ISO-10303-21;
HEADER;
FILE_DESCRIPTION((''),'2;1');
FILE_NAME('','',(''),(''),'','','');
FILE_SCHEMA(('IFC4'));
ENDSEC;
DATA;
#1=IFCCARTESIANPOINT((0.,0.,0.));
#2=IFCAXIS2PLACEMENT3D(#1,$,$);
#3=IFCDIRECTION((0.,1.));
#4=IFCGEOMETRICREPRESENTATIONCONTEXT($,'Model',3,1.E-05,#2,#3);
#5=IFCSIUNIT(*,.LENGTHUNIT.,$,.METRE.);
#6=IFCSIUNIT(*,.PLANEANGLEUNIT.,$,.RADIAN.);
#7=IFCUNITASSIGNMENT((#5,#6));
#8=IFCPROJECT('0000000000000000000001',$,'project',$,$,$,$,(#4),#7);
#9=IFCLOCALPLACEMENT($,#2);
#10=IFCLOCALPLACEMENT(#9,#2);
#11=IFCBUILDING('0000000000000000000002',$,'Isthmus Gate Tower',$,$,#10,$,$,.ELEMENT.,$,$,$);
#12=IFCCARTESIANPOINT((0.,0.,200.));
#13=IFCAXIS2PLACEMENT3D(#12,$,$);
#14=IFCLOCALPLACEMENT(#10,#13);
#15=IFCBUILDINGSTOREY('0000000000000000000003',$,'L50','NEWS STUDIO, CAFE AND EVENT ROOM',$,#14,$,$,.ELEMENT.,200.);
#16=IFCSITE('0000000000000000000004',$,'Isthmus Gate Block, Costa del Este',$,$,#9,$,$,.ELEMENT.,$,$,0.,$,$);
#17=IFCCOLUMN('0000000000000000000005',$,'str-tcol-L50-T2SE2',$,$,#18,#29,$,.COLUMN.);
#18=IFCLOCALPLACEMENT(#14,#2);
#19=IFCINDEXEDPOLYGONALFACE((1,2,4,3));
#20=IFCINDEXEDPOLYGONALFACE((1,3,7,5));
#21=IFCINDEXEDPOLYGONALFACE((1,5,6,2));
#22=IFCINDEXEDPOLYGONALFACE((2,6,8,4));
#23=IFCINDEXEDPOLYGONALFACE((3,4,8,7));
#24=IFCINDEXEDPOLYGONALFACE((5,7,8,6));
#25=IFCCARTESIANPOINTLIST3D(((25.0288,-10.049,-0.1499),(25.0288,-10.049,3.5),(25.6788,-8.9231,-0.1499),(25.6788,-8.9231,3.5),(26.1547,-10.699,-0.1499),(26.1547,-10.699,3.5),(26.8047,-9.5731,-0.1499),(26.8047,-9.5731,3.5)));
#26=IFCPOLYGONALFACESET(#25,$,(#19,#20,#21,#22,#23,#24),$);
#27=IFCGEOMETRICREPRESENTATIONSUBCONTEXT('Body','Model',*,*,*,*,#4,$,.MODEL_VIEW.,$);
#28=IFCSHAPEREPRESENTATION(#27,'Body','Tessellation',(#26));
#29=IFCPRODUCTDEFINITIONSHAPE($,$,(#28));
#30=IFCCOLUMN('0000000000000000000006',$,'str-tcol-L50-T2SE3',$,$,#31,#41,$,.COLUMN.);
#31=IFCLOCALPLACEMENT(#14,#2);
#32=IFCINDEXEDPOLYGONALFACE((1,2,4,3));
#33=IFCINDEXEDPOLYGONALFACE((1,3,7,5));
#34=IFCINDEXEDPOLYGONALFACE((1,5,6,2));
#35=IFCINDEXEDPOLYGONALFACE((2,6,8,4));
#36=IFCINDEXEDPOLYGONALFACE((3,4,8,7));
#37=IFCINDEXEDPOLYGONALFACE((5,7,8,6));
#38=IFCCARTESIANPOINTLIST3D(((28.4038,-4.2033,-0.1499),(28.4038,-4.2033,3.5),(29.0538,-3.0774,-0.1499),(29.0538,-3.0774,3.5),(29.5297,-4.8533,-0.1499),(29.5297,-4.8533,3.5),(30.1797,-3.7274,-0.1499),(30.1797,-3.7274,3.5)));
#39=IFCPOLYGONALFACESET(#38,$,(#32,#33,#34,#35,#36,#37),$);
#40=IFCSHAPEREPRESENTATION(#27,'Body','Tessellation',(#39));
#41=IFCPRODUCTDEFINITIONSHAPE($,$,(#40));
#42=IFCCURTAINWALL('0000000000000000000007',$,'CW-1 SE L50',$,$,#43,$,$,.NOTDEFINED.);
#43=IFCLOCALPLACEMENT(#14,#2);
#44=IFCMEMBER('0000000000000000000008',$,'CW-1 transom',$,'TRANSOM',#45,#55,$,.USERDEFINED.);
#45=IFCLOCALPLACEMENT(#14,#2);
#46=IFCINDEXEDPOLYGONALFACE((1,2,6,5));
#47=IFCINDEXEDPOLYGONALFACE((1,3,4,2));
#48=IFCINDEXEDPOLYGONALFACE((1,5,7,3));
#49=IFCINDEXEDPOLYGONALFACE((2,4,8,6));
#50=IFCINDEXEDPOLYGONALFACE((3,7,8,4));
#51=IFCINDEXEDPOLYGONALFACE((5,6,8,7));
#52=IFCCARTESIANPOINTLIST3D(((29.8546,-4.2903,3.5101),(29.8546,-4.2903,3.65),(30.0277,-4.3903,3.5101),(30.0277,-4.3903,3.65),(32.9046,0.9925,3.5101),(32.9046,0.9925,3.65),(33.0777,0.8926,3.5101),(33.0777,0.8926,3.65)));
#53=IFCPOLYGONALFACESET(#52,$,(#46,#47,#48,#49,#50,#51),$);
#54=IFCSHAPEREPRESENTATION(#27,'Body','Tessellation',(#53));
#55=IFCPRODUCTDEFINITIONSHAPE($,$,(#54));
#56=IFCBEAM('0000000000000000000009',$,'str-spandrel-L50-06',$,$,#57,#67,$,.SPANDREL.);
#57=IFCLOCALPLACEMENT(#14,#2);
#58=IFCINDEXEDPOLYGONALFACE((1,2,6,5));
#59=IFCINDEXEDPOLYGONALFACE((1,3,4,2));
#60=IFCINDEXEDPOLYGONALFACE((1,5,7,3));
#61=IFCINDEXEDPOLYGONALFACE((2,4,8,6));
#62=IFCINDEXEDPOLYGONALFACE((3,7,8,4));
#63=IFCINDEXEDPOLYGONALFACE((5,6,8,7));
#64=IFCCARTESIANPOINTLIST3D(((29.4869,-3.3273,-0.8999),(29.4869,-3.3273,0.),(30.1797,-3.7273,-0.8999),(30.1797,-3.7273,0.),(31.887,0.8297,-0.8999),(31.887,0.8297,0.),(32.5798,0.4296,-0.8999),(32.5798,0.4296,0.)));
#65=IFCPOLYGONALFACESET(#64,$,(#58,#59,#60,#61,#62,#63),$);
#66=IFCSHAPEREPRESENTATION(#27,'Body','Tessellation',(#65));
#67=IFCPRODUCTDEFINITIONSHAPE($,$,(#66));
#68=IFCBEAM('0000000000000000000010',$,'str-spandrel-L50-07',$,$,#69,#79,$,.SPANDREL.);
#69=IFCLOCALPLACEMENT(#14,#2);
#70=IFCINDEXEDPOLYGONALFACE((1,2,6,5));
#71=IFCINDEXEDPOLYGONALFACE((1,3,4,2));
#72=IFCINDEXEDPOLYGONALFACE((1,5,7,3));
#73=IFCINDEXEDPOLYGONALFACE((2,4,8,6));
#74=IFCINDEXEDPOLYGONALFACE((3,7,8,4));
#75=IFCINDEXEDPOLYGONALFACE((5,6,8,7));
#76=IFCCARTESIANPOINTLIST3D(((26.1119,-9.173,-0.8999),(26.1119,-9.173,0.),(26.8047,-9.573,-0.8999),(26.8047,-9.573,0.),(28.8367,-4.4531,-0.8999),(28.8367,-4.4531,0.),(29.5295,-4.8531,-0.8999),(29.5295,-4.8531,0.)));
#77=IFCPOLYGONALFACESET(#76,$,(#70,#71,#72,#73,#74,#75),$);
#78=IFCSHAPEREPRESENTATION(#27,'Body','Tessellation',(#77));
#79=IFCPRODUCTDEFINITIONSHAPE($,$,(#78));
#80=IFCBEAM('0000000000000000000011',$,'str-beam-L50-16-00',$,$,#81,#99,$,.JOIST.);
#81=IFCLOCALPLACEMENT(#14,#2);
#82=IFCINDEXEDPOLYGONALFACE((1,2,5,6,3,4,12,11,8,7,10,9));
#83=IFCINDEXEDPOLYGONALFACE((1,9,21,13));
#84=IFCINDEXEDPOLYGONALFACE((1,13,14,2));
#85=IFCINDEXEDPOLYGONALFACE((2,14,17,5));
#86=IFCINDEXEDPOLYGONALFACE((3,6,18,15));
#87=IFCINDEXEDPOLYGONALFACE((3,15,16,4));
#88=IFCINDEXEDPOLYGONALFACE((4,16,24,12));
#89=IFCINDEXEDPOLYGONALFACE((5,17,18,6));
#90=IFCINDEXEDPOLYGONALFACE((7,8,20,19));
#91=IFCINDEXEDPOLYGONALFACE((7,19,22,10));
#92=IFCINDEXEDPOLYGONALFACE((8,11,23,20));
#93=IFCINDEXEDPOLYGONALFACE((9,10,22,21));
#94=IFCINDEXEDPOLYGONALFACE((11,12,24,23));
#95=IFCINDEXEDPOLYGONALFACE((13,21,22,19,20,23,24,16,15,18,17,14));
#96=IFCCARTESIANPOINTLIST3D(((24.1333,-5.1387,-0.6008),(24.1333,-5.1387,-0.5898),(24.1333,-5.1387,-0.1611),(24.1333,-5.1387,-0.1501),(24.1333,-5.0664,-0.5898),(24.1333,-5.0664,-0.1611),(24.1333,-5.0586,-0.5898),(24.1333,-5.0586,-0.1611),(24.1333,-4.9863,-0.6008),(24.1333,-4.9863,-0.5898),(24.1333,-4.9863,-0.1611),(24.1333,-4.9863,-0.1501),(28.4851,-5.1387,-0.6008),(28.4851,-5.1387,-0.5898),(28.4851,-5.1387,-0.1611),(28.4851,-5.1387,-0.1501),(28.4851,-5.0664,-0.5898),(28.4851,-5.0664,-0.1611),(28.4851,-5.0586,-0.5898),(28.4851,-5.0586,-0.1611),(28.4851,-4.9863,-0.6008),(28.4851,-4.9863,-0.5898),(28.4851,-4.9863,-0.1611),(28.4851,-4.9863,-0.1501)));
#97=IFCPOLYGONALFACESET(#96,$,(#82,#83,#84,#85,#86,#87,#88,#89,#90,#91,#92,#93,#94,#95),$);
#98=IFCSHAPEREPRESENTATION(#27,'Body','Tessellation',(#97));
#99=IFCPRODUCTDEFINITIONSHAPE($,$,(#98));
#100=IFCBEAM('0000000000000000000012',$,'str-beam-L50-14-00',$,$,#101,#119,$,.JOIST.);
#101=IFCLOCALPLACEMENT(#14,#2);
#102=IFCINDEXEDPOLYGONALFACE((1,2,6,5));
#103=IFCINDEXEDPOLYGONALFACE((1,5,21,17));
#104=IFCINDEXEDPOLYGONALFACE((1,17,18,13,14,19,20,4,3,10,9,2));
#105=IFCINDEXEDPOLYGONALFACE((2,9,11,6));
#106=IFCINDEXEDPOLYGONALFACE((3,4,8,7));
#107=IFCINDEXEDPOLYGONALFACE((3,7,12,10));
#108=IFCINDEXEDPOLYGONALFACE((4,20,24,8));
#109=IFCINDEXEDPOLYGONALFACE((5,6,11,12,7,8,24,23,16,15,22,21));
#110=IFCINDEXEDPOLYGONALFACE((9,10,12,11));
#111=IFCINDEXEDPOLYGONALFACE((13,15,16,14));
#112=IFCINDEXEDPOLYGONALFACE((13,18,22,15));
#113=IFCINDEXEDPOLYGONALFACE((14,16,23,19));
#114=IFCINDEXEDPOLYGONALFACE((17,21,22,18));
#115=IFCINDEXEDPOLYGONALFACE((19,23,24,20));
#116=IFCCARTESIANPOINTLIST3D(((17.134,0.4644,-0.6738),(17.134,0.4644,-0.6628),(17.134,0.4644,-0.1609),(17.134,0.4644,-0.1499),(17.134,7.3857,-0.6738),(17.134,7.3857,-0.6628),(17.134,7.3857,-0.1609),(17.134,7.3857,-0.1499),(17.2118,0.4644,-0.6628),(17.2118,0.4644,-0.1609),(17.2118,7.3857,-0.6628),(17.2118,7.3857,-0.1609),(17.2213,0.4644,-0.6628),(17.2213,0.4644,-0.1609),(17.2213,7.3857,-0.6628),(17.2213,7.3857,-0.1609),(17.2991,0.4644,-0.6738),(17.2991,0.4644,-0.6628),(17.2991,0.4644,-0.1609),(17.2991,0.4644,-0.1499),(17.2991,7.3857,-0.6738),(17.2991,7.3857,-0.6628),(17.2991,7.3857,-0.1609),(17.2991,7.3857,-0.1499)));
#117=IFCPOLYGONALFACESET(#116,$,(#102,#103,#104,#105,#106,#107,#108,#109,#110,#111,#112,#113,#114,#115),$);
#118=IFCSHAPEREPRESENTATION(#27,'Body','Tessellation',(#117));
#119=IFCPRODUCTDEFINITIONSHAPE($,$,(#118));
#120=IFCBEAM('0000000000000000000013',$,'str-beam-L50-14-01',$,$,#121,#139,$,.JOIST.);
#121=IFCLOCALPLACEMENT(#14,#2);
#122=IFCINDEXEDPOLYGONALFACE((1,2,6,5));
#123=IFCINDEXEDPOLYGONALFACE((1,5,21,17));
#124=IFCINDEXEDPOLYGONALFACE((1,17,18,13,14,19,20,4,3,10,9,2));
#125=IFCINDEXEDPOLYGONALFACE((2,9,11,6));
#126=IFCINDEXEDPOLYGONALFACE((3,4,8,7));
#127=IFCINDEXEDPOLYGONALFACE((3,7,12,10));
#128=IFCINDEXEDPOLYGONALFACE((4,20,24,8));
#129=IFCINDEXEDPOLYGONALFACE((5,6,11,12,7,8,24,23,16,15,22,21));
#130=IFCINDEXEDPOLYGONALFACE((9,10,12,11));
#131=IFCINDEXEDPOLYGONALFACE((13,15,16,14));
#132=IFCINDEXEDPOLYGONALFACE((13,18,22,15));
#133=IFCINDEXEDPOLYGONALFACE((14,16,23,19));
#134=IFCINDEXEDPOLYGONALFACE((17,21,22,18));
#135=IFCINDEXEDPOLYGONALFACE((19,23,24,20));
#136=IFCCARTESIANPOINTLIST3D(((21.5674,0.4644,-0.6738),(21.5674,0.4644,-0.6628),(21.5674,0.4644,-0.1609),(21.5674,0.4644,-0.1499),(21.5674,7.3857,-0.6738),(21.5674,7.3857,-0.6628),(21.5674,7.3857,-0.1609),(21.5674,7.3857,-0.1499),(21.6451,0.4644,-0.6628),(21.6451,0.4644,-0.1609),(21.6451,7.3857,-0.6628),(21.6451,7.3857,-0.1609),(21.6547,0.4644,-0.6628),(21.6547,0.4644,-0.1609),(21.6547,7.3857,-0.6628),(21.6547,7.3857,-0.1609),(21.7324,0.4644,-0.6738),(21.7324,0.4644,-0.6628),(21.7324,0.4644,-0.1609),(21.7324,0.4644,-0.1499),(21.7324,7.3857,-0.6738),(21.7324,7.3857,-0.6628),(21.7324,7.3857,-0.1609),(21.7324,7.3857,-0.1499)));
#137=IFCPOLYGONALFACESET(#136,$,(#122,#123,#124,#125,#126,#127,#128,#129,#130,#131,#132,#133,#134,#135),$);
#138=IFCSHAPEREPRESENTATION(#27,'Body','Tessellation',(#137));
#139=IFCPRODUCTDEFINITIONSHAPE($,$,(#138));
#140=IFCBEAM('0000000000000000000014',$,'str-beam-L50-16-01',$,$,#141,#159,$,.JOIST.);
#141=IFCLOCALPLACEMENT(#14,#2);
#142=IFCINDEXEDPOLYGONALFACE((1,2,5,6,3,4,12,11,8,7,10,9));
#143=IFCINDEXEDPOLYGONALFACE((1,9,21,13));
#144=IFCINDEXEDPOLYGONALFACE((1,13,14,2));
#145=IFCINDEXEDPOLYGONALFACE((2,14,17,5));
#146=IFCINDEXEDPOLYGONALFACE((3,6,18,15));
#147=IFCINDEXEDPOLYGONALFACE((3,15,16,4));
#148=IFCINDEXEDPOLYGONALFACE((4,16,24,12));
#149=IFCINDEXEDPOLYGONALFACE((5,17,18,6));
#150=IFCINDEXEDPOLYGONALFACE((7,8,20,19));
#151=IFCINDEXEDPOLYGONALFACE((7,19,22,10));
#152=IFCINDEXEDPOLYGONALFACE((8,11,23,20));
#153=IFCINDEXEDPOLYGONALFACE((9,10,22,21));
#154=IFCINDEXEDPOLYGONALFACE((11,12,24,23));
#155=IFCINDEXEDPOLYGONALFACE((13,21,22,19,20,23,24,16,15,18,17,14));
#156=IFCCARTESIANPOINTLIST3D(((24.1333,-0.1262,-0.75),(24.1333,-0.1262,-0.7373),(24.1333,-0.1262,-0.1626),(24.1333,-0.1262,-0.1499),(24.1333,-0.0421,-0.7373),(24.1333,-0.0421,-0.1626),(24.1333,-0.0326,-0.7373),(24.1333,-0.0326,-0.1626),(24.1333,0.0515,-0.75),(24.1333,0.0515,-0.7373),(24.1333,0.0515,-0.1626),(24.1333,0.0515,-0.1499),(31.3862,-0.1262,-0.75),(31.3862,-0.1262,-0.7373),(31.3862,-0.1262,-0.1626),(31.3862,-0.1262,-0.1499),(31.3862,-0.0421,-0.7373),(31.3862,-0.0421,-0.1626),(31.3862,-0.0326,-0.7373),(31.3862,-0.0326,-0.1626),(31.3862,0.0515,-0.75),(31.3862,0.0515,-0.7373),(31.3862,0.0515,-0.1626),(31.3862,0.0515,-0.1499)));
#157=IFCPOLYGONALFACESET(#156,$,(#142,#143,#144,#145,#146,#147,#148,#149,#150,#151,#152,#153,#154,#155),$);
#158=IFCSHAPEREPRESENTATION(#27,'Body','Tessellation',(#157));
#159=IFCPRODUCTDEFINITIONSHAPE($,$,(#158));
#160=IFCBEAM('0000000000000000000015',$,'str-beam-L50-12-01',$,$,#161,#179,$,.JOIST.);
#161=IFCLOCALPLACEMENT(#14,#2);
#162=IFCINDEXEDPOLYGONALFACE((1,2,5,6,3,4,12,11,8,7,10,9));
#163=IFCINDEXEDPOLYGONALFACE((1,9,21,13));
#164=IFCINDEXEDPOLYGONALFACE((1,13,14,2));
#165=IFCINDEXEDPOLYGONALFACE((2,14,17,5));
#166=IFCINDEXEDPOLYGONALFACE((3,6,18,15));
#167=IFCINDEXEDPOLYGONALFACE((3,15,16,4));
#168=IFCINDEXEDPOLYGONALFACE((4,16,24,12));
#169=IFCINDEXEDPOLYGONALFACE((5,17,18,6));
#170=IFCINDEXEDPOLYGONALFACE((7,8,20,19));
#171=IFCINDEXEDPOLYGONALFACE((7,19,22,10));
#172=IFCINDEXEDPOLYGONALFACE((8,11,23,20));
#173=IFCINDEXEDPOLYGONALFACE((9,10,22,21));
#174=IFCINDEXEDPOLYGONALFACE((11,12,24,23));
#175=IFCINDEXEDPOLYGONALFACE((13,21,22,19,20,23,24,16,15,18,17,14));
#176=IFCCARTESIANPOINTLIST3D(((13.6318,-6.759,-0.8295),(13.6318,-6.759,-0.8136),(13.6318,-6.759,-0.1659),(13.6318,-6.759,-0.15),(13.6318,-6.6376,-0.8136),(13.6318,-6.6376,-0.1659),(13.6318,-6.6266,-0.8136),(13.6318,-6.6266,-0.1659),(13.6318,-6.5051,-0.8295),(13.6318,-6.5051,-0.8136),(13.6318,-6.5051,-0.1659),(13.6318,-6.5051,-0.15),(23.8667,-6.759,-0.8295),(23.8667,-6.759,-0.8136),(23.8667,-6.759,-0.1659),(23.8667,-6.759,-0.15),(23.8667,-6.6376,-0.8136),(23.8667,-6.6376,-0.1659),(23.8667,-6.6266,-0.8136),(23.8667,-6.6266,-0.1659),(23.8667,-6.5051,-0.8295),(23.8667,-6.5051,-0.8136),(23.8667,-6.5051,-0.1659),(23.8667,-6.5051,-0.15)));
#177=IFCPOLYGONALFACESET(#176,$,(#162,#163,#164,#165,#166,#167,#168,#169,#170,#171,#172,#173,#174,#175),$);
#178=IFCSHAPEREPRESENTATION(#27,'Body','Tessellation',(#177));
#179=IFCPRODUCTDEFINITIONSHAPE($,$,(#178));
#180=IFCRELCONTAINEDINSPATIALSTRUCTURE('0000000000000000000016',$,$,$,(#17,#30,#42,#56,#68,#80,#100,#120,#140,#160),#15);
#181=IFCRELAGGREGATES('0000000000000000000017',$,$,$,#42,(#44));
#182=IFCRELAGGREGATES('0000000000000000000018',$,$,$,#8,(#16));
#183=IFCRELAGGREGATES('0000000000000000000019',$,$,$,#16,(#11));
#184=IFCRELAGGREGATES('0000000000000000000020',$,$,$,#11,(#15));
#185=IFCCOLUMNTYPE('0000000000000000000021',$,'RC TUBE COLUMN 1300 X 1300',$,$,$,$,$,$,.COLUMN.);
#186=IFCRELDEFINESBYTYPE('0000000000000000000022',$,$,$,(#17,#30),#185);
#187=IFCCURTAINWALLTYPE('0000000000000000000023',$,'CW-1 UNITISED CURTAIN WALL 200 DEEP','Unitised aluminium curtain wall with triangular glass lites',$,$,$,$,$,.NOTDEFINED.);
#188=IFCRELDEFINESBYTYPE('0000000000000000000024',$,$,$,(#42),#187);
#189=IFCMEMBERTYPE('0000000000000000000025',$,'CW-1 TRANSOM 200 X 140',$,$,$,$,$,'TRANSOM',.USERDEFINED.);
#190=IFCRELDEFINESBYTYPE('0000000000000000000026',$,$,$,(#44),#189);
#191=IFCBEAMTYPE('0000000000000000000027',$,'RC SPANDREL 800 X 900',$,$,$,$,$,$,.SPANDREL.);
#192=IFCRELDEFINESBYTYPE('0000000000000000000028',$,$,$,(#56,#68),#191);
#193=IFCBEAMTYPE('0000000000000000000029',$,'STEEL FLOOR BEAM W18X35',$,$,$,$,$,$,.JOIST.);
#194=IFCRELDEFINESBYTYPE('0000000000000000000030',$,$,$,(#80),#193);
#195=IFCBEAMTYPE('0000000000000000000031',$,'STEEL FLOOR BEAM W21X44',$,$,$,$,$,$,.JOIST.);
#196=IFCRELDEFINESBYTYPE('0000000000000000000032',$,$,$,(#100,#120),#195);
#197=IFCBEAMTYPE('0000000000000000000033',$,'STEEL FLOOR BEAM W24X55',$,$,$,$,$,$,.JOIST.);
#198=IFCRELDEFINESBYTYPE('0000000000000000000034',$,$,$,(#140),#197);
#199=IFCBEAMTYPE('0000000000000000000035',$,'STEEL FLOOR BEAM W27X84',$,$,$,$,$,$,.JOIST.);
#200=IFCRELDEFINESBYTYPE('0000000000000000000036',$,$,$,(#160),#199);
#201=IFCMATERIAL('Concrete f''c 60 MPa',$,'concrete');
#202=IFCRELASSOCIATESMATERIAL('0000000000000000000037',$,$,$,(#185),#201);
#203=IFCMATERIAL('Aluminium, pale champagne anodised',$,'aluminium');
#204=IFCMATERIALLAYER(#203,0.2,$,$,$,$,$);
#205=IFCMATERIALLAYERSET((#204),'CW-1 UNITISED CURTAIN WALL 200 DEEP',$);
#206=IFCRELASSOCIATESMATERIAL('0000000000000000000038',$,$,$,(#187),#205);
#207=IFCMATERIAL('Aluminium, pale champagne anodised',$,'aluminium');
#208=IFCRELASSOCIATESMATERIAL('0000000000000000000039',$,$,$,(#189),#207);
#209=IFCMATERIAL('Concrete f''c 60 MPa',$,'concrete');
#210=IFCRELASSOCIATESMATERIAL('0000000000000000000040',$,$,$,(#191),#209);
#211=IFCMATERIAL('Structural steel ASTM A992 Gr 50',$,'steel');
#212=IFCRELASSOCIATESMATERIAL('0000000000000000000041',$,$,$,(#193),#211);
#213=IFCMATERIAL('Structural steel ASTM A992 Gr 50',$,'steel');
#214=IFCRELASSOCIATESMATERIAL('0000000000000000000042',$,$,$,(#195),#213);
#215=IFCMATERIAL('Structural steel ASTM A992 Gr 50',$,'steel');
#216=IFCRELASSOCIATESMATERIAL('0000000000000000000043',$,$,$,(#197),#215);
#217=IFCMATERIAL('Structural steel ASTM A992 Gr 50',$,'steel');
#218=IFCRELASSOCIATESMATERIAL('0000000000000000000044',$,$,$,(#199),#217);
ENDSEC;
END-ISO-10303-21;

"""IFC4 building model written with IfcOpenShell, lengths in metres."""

from ifc_helpers import new_model, si_unit, direction, frame, origin, origin_2d, place, context, subcontext, project, spatial, rectangle, i_section, extrude, material, layer, layer_set, material_profile, profile_set, type_object, element, aggregate, save


model = new_model("IFC4")

# Units and contexts
model_context = context("Model", 3, precision=1e-05, world=origin(), true_north=direction((0.0, 1.0)))
body_context = subcontext(model_context, "Body", "Model", "MODEL_VIEW")
ifc_project = project(units=[si_unit("LENGTHUNIT", "METRE"), si_unit("PLANEANGLEUNIT", "RADIAN")], contexts=[model_context])

# Site, building, storey
site_placement = place(None, origin())
site = spatial("IfcSite", under=ifc_project, at=site_placement, Name="Isthmus Gate Block, Costa del Este", CompositionType="ELEMENT", RefElevation=0.0)
building_placement = place(site_placement, origin())
building = spatial("IfcBuilding", under=site, at=building_placement, Name="Isthmus Gate Tower", CompositionType="ELEMENT")
storey_placement = place(building_placement, frame((0.0, 0.0, 200.0)))
storey = spatial("IfcBuildingStorey", under=building, at=storey_placement, Name="L50", Description="NEWS STUDIO, CAFE AND EVENT ROOM", CompositionType="ELEMENT", Elevation=200.0)

# Columns
ifc_material_1 = material(Name="Concrete f'c 60 MPa", Category="concrete")
ifc_material_profile_1 = material_profile(ifc_material_1, rectangle(XDim=1.3, YDim=1.3, at=origin_2d()), Name="RC 1300X1300")
ifc_profile_set_1 = profile_set([ifc_material_profile_1], Name="Concrete f'c 60 MPa")
column_type = type_object("IfcColumnType", Name="RC TUBE COLUMN 1300 X 1300", PredefinedType="COLUMN", material=ifc_profile_set_1)
for number, where, z_axis, x_axis, name in (
    (1, (25.9167, -9.811, -0.1499), (0.0, 0.0, 1.0), (0.5, 0.866025, 0.0), "str-tcol-L50-T2SE2"),
    (2, (29.2917, -3.9653, -0.1499), (0.0, 0.0, 1.0), (0.5, 0.866025, 0.0), "str-tcol-L50-T2SE3"),
):
    element("IfcColumn", number, at=place(storey_placement, frame(where, z_axis=z_axis, x_axis=x_axis)), inside=storey, type_object=column_type, Name=name, PredefinedType="COLUMN", context=body_context, shape_type="SweptSolid", body=[
        extrude(rectangle(XDim=1.3, YDim=1.3, at=origin_2d()), origin(), (0.0, 0.0, 1.0), 3.6499),
    ])

# Curtain wall, member
ifc_material_2 = material(Name="Aluminium, pale champagne anodised", Category="aluminium")
ifc_layer_1 = layer(ifc_material_2, 0.2)
ifc_layer_set_1 = layer_set([ifc_layer_1], Name="CW-1 UNITISED CURTAIN WALL 200 DEEP")
curtain_wall_type = type_object("IfcCurtainWallType", Name="CW-1 UNITISED CURTAIN WALL 200 DEEP", Description="Unitised aluminium curtain wall with triangular glass lites", PredefinedType="NOTDEFINED", material=ifc_layer_set_1)
curtain_wall_placement = place(storey_placement, origin())
curtain_wall = element("IfcCurtainWall", 3, at=curtain_wall_placement, inside=storey, type_object=curtain_wall_type, Name="CW-1 SE L50", PredefinedType="NOTDEFINED")
ifc_material_3 = material(Name="Aluminium, pale champagne anodised", Category="aluminium")
ifc_material_profile_2 = material_profile(ifc_material_3, rectangle(XDim=0.2, YDim=0.1399, at=origin_2d()), Name="200x140")
ifc_profile_set_2 = profile_set([ifc_material_profile_2], Name="Aluminium, pale champagne anodised")
member_type = type_object("IfcMemberType", Name="CW-1 TRANSOM 200 X 140", ElementType="TRANSOM", PredefinedType="USERDEFINED", material=ifc_profile_set_2)
member_placement = place(storey_placement, frame((29.9412, -4.3403, 3.5801), z_axis=(0.499992, 0.86603, 0.0), x_axis=(-0.86603, 0.499992, 0.0)))
member = element("IfcMember", 4, at=member_placement, type_object=member_type, Name="CW-1 transom", ObjectType="TRANSOM", PredefinedType="USERDEFINED", context=body_context, shape_type="SweptSolid", body=[
    extrude(rectangle(XDim=0.2, YDim=0.1399, at=origin_2d()), origin(), (0.0, 0.0, 1.0), 6.1001),
])

# Beams
ifc_material_4 = material(Name="Concrete f'c 60 MPa", Category="concrete")
ifc_material_profile_3 = material_profile(ifc_material_4, rectangle(XDim=0.8, YDim=0.8999, at=origin_2d()), Name="RC 800X900")
ifc_profile_set_3 = profile_set([ifc_material_profile_3], Name="Concrete f'c 60 MPa")
beam_type_1 = type_object("IfcBeamType", Name="RC SPANDREL 800 X 900", PredefinedType="SPANDREL", material=ifc_profile_set_3)
beam_1_placement = place(storey_placement, frame((32.2334, 0.6296, -0.45), z_axis=(-0.500017, -0.866015, 0.0), x_axis=(0.866015, -0.500017, 0.0)))
element("IfcBeam", 5, at=beam_1_placement, inside=storey, type_object=beam_type_1, Name="str-spandrel-L50-06", PredefinedType="SPANDREL", context=body_context, shape_type="SweptSolid", body=[
    extrude(rectangle(XDim=0.8, YDim=0.8999, at=origin_2d()), origin(), (0.0, 0.0, 1.0), 4.8),
])
beam_2_placement = place(storey_placement, frame((29.1831, -4.6531, -0.45), z_axis=(-0.499969, -0.866043, 0.0), x_axis=(0.866043, -0.499969, 0.0)))
element("IfcBeam", 6, at=beam_2_placement, inside=storey, type_object=beam_type_1, Name="str-spandrel-L50-07", PredefinedType="SPANDREL", context=body_context, shape_type="SweptSolid", body=[
    extrude(rectangle(XDim=0.8, YDim=0.8999, at=origin_2d()), origin(), (0.0, 0.0, 1.0), 5.45),
])
ifc_material_5 = material(Name="Structural steel ASTM A992 Gr 50", Category="steel")
ifc_material_profile_4 = material_profile(ifc_material_5, i_section(OverallWidth=0.1523, OverallDepth=0.4507, WebThickness=0.0078, FlangeThickness=0.011, at=origin_2d()), Name="W18X35")
ifc_profile_set_4 = profile_set([ifc_material_profile_4], Name="Structural steel ASTM A992 Gr 50")
beam_type_2 = type_object("IfcBeamType", Name="STEEL FLOOR BEAM W18X35", PredefinedType="JOIST", material=ifc_profile_set_4)
beam_3_placement = place(storey_placement, frame((24.1333, -5.0625, -0.3755), z_axis=(1.0, 0.0, 0.0), x_axis=(0.0, 1.0, 0.0)))
element("IfcBeam", 7, at=beam_3_placement, inside=storey, type_object=beam_type_2, Name="str-beam-L50-16-00", PredefinedType="JOIST", context=body_context, shape_type="SweptSolid", body=[
    extrude(i_section(OverallWidth=0.1523, OverallDepth=0.4507, WebThickness=0.0078, FlangeThickness=0.011, at=origin_2d()), origin(), (0.0, 0.0, 1.0), 4.3518),
])
ifc_material_6 = material(Name="Structural steel ASTM A992 Gr 50", Category="steel")
ifc_material_profile_5 = material_profile(ifc_material_6, i_section(OverallWidth=0.165, OverallDepth=0.5239, WebThickness=0.0095, FlangeThickness=0.011, at=origin_2d()), Name="W21X44")
ifc_profile_set_5 = profile_set([ifc_material_profile_5], Name="Structural steel ASTM A992 Gr 50")
beam_type_3 = type_object("IfcBeamType", Name="STEEL FLOOR BEAM W21X44", PredefinedType="JOIST", material=ifc_profile_set_5)
for number, where, z_axis, x_axis, name in (
    (8, (17.2166, 0.4644, -0.4119), (0.0, 1.0, 0.0), (-1.0, 0.0, 0.0), "str-beam-L50-14-00"),
    (9, (21.6499, 0.4644, -0.4119), (0.0, 1.0, 0.0), (-1.0, 0.0, 0.0), "str-beam-L50-14-01"),
):
    element("IfcBeam", number, at=place(storey_placement, frame(where, z_axis=z_axis, x_axis=x_axis)), inside=storey, type_object=beam_type_3, Name=name, PredefinedType="JOIST", context=body_context, shape_type="SweptSolid", body=[
        extrude(i_section(OverallWidth=0.165, OverallDepth=0.5239, WebThickness=0.0095, FlangeThickness=0.011, at=origin_2d()), origin(), (0.0, 0.0, 1.0), 6.9214),
    ])
ifc_material_7 = material(Name="Structural steel ASTM A992 Gr 50", Category="steel")
ifc_material_profile_6 = material_profile(ifc_material_7, i_section(OverallWidth=0.1777, OverallDepth=0.6001, WebThickness=0.0095, FlangeThickness=0.0127, at=origin_2d()), Name="W24X55")
ifc_profile_set_6 = profile_set([ifc_material_profile_6], Name="Structural steel ASTM A992 Gr 50")
beam_type_4 = type_object("IfcBeamType", Name="STEEL FLOOR BEAM W24X55", PredefinedType="JOIST", material=ifc_profile_set_6)
beam_4_placement = place(storey_placement, frame((24.1333, -0.0374, -0.45), z_axis=(1.0, 0.0, 0.0), x_axis=(0.0, 1.0, 0.0)))
element("IfcBeam", 10, at=beam_4_placement, inside=storey, type_object=beam_type_4, Name="str-beam-L50-16-01", PredefinedType="JOIST", context=body_context, shape_type="SweptSolid", body=[
    extrude(i_section(OverallWidth=0.1777, OverallDepth=0.6001, WebThickness=0.0095, FlangeThickness=0.0127, at=origin_2d()), origin(), (0.0, 0.0, 1.0), 7.2529),
])
ifc_material_8 = material(Name="Structural steel ASTM A992 Gr 50", Category="steel")
ifc_material_profile_7 = material_profile(ifc_material_8, i_section(OverallWidth=0.2539, OverallDepth=0.6794, WebThickness=0.011, FlangeThickness=0.0159, at=origin_2d()), Name="W27X84")
ifc_profile_set_7 = profile_set([ifc_material_profile_7], Name="Structural steel ASTM A992 Gr 50")
beam_type_5 = type_object("IfcBeamType", Name="STEEL FLOOR BEAM W27X84", PredefinedType="JOIST", material=ifc_profile_set_7)
for number, where, z_axis, x_axis, name in (
    (11, (13.6318, -6.6321, -0.4897), (1.0, 0.0, 0.0), (0.0, 1.0, 0.0), "str-beam-L50-12-01"),
):
    element("IfcBeam", number, at=place(storey_placement, frame(where, z_axis=z_axis, x_axis=x_axis)), inside=storey, type_object=beam_type_5, Name=name, PredefinedType="JOIST", context=body_context, shape_type="SweptSolid", body=[
        extrude(i_section(OverallWidth=0.2539, OverallDepth=0.6794, WebThickness=0.011, FlangeThickness=0.0159, at=origin_2d()), origin(), (0.0, 0.0, 1.0), 10.2349),
    ])

aggregate(curtain_wall, [member])

save(model, "model.ifc")
